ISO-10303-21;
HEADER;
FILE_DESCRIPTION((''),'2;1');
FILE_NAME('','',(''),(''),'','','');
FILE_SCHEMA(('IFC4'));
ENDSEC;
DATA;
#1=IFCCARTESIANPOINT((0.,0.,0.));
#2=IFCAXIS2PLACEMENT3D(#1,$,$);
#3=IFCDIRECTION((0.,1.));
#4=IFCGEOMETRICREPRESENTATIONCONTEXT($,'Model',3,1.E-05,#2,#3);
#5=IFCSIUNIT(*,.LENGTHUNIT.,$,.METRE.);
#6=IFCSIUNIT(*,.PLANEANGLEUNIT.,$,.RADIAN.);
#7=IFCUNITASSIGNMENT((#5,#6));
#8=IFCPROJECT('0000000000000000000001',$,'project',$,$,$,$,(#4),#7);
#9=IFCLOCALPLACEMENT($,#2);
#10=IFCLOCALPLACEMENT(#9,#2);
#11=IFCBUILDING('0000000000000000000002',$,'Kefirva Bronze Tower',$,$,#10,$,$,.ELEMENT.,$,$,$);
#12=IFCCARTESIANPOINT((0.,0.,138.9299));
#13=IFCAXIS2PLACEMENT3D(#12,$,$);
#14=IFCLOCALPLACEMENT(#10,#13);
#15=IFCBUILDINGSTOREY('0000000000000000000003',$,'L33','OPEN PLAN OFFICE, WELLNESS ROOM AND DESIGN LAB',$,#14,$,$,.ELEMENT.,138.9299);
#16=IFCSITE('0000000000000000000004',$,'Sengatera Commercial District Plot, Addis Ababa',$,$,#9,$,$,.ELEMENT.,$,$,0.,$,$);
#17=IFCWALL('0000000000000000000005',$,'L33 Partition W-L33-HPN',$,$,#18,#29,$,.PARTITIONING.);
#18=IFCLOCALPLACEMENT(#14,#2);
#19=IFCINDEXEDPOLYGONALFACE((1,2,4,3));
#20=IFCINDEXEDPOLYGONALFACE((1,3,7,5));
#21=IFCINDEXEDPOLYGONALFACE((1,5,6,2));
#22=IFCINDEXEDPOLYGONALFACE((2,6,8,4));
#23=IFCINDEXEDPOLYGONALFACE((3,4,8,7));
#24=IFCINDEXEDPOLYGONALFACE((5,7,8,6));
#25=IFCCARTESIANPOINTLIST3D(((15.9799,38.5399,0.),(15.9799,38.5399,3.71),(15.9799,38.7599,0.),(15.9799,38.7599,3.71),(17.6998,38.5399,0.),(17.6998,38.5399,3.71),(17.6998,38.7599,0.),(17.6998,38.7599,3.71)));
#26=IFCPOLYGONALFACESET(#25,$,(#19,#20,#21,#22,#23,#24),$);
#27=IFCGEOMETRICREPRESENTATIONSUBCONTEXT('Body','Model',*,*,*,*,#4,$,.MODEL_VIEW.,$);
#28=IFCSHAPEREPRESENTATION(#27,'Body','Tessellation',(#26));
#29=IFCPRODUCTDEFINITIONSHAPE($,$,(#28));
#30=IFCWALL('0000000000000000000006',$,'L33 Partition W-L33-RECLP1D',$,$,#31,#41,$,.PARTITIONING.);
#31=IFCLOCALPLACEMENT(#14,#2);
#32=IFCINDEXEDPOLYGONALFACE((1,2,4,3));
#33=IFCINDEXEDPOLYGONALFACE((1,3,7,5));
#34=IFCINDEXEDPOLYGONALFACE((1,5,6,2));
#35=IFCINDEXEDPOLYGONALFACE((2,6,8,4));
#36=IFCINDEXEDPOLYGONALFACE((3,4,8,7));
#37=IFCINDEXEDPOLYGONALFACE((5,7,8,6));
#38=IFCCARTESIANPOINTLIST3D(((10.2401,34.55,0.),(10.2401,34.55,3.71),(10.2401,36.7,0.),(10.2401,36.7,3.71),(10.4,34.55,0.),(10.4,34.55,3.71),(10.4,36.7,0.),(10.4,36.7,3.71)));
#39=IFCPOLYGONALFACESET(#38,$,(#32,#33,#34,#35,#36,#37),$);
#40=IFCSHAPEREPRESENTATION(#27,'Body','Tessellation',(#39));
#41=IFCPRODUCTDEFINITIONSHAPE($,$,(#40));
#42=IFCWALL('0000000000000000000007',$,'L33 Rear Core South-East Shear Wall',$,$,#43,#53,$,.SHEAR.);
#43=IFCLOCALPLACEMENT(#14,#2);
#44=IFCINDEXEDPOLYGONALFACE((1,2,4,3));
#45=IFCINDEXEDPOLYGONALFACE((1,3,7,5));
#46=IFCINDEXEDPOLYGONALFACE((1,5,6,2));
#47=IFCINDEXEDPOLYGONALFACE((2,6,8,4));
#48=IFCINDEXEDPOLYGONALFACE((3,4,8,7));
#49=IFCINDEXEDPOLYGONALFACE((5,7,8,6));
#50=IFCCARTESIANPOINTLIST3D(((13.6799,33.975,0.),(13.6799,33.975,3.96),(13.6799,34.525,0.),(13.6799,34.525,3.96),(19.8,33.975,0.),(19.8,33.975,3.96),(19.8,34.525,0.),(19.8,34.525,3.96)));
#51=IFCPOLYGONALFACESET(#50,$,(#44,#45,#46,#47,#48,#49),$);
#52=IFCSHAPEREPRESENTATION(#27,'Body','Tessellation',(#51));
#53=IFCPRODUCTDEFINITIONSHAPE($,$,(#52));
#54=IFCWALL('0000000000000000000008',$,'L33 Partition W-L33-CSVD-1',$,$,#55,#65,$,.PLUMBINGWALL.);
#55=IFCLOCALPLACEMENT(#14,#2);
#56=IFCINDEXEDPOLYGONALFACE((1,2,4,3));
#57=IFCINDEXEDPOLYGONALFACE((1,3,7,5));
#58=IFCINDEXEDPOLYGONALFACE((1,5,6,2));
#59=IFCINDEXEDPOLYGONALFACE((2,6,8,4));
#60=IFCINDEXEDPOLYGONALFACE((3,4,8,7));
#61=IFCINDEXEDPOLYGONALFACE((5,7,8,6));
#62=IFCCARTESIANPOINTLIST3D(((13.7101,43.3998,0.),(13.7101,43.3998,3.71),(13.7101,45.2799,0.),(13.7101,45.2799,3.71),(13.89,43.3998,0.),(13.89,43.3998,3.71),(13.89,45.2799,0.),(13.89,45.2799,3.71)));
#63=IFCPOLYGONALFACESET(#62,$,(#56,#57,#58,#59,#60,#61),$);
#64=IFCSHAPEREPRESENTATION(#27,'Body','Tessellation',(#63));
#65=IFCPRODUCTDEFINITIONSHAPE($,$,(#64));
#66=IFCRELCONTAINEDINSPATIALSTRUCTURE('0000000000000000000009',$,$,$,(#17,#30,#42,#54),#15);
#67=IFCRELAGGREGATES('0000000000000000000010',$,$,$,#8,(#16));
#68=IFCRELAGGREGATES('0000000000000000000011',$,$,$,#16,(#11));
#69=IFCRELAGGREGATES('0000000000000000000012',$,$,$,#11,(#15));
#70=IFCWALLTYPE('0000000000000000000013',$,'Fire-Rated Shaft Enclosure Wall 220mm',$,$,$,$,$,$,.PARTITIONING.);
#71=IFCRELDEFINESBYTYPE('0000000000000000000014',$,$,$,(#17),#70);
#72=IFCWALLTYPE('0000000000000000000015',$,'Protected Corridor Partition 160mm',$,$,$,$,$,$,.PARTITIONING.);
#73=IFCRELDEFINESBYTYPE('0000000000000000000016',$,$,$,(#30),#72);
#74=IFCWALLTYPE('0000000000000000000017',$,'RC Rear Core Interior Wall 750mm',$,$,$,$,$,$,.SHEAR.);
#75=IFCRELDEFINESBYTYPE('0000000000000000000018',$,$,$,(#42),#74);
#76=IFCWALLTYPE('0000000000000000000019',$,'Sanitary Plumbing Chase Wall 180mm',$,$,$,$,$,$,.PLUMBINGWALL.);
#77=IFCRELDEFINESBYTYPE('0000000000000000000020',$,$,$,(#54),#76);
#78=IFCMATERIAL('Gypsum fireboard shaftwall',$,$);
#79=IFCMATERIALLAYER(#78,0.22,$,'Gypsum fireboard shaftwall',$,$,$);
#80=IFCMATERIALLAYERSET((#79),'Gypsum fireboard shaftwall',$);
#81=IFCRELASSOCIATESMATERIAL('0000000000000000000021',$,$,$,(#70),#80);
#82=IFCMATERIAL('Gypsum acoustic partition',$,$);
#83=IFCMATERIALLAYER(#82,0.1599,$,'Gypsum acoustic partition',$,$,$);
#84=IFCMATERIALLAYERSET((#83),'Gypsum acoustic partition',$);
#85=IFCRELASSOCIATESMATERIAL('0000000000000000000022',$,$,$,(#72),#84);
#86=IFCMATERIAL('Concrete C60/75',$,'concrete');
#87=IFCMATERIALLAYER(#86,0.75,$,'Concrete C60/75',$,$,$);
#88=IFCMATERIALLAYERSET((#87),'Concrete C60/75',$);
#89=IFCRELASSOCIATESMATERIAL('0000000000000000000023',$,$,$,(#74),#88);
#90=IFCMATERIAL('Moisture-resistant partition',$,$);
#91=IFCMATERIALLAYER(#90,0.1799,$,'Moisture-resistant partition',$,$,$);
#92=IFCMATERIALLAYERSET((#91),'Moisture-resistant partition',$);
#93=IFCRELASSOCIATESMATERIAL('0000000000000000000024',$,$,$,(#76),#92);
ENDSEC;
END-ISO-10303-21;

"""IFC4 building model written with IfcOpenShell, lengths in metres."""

from ifc_helpers import new_model, si_unit, direction, frame, frame_2d, origin, place, context, subcontext, project, spatial, rectangle, extrude, material, layer, layer_set, type_object, element, save


model = new_model("IFC4")

# Units and contexts
model_context = context("Model", 3, precision=1e-05, world=origin(), true_north=direction((0.0, 1.0)))
body_context = subcontext(model_context, "Body", "Model", "MODEL_VIEW")
ifc_project = project(units=[si_unit("LENGTHUNIT", "METRE"), si_unit("PLANEANGLEUNIT", "RADIAN")], contexts=[model_context])

# Site, building, storey
site_placement = place(None, origin())
site = spatial("IfcSite", under=ifc_project, at=site_placement, Name="Sengatera Commercial District Plot, Addis Ababa", CompositionType="ELEMENT", RefElevation=0.0)
building_placement = place(site_placement, origin())
building = spatial("IfcBuilding", under=site, at=building_placement, Name="Kefirva Bronze Tower", CompositionType="ELEMENT")
storey_placement = place(building_placement, frame((0.0, 0.0, 138.9299)))
storey = spatial("IfcBuildingStorey", under=building, at=storey_placement, Name="L33", Description="OPEN PLAN OFFICE, WELLNESS ROOM AND DESIGN LAB", CompositionType="ELEMENT", Elevation=138.9299)

# Shared definitions
ifc_material_1 = material(Name="Concrete C60/75", Category="concrete")

# Shared definitions
ifc_material_2 = material(Name="Gypsum fireboard shaftwall")
ifc_layer_1 = layer(ifc_material_2, 0.22, Name="Gypsum fireboard shaftwall")
ifc_layer_set_1 = layer_set([ifc_layer_1], Name="Gypsum fireboard shaftwall")
wall_type_1 = type_object("IfcWallType", Name="Fire-Rated Shaft Enclosure Wall 220mm", PredefinedType="PARTITIONING", material=ifc_layer_set_1)

# Walls
wall_1_placement = place(storey_placement, frame((15.98, 38.6499, 0.0), z_axis=(0.0, 0.0, 1.0), x_axis=(1.0, 0.0, 0.0)))
element("IfcWall", 1, at=wall_1_placement, inside=storey, type_object=wall_type_1, Name="L33 Partition W-L33-HPN", PredefinedType="PARTITIONING", context=body_context, shape_type="SweptSolid", body=[
    extrude(rectangle(XDim=1.72, YDim=0.22, at=frame_2d((0.8599, 0.0))), origin(), (0.0, 0.0, 1.0), 3.71),
])
ifc_material_3 = material(Name="Gypsum acoustic partition")
ifc_layer_2 = layer(ifc_material_3, 0.1599, Name="Gypsum acoustic partition")
ifc_layer_set_2 = layer_set([ifc_layer_2], Name="Gypsum acoustic partition")
wall_type_2 = type_object("IfcWallType", Name="Protected Corridor Partition 160mm", PredefinedType="PARTITIONING", material=ifc_layer_set_2)
wall_2_placement = place(storey_placement, frame((10.3201, 34.55, 0.0), z_axis=(0.0, 0.0, 1.0), x_axis=(0.0, 1.0, 0.0)))
element("IfcWall", 2, at=wall_2_placement, inside=storey, type_object=wall_type_2, Name="L33 Partition W-L33-RECLP1D", PredefinedType="PARTITIONING", context=body_context, shape_type="SweptSolid", body=[
    extrude(rectangle(XDim=2.1499, YDim=0.1599, at=frame_2d((1.075, 0.0))), origin(), (0.0, 0.0, 1.0), 3.71),
])

# Walls
ifc_layer_3 = layer(ifc_material_1, 0.75, Name="Concrete C60/75")
ifc_layer_set_3 = layer_set([ifc_layer_3], Name="Concrete C60/75")
wall_type_3 = type_object("IfcWallType", Name="RC Rear Core Interior Wall 750mm", PredefinedType="SHEAR", material=ifc_layer_set_3)
wall_3_placement = place(storey_placement, frame((13.6799, 34.25, 0.0), z_axis=(0.0, 0.0, 1.0), x_axis=(1.0, 0.0, 0.0)))
element("IfcWall", 3, at=wall_3_placement, inside=storey, type_object=wall_type_3, Name="L33 Rear Core South-East Shear Wall", PredefinedType="SHEAR", context=body_context, shape_type="SweptSolid", body=[
    extrude(rectangle(XDim=6.1201, YDim=0.55, at=frame_2d((3.0601, 0.0))), origin(), (0.0, 0.0, 1.0), 3.96),
])
ifc_material_4 = material(Name="Moisture-resistant partition")
ifc_layer_4 = layer(ifc_material_4, 0.1799, Name="Moisture-resistant partition")
ifc_layer_set_4 = layer_set([ifc_layer_4], Name="Moisture-resistant partition")
wall_type_4 = type_object("IfcWallType", Name="Sanitary Plumbing Chase Wall 180mm", PredefinedType="PLUMBINGWALL", material=ifc_layer_set_4)
wall_4_placement = place(storey_placement, frame((13.8, 43.3999, 0.0), z_axis=(0.0, 0.0, 1.0), x_axis=(0.0, 1.0, 0.0)))
element("IfcWall", 4, at=wall_4_placement, inside=storey, type_object=wall_type_4, Name="L33 Partition W-L33-CSVD-1", PredefinedType="PLUMBINGWALL", context=body_context, shape_type="SweptSolid", body=[
    extrude(rectangle(XDim=1.8801, YDim=0.1799, at=frame_2d((0.9399, 0.0))), origin(), (0.0, 0.0, 1.0), 3.71),
])

save(model, "model.ifc")
